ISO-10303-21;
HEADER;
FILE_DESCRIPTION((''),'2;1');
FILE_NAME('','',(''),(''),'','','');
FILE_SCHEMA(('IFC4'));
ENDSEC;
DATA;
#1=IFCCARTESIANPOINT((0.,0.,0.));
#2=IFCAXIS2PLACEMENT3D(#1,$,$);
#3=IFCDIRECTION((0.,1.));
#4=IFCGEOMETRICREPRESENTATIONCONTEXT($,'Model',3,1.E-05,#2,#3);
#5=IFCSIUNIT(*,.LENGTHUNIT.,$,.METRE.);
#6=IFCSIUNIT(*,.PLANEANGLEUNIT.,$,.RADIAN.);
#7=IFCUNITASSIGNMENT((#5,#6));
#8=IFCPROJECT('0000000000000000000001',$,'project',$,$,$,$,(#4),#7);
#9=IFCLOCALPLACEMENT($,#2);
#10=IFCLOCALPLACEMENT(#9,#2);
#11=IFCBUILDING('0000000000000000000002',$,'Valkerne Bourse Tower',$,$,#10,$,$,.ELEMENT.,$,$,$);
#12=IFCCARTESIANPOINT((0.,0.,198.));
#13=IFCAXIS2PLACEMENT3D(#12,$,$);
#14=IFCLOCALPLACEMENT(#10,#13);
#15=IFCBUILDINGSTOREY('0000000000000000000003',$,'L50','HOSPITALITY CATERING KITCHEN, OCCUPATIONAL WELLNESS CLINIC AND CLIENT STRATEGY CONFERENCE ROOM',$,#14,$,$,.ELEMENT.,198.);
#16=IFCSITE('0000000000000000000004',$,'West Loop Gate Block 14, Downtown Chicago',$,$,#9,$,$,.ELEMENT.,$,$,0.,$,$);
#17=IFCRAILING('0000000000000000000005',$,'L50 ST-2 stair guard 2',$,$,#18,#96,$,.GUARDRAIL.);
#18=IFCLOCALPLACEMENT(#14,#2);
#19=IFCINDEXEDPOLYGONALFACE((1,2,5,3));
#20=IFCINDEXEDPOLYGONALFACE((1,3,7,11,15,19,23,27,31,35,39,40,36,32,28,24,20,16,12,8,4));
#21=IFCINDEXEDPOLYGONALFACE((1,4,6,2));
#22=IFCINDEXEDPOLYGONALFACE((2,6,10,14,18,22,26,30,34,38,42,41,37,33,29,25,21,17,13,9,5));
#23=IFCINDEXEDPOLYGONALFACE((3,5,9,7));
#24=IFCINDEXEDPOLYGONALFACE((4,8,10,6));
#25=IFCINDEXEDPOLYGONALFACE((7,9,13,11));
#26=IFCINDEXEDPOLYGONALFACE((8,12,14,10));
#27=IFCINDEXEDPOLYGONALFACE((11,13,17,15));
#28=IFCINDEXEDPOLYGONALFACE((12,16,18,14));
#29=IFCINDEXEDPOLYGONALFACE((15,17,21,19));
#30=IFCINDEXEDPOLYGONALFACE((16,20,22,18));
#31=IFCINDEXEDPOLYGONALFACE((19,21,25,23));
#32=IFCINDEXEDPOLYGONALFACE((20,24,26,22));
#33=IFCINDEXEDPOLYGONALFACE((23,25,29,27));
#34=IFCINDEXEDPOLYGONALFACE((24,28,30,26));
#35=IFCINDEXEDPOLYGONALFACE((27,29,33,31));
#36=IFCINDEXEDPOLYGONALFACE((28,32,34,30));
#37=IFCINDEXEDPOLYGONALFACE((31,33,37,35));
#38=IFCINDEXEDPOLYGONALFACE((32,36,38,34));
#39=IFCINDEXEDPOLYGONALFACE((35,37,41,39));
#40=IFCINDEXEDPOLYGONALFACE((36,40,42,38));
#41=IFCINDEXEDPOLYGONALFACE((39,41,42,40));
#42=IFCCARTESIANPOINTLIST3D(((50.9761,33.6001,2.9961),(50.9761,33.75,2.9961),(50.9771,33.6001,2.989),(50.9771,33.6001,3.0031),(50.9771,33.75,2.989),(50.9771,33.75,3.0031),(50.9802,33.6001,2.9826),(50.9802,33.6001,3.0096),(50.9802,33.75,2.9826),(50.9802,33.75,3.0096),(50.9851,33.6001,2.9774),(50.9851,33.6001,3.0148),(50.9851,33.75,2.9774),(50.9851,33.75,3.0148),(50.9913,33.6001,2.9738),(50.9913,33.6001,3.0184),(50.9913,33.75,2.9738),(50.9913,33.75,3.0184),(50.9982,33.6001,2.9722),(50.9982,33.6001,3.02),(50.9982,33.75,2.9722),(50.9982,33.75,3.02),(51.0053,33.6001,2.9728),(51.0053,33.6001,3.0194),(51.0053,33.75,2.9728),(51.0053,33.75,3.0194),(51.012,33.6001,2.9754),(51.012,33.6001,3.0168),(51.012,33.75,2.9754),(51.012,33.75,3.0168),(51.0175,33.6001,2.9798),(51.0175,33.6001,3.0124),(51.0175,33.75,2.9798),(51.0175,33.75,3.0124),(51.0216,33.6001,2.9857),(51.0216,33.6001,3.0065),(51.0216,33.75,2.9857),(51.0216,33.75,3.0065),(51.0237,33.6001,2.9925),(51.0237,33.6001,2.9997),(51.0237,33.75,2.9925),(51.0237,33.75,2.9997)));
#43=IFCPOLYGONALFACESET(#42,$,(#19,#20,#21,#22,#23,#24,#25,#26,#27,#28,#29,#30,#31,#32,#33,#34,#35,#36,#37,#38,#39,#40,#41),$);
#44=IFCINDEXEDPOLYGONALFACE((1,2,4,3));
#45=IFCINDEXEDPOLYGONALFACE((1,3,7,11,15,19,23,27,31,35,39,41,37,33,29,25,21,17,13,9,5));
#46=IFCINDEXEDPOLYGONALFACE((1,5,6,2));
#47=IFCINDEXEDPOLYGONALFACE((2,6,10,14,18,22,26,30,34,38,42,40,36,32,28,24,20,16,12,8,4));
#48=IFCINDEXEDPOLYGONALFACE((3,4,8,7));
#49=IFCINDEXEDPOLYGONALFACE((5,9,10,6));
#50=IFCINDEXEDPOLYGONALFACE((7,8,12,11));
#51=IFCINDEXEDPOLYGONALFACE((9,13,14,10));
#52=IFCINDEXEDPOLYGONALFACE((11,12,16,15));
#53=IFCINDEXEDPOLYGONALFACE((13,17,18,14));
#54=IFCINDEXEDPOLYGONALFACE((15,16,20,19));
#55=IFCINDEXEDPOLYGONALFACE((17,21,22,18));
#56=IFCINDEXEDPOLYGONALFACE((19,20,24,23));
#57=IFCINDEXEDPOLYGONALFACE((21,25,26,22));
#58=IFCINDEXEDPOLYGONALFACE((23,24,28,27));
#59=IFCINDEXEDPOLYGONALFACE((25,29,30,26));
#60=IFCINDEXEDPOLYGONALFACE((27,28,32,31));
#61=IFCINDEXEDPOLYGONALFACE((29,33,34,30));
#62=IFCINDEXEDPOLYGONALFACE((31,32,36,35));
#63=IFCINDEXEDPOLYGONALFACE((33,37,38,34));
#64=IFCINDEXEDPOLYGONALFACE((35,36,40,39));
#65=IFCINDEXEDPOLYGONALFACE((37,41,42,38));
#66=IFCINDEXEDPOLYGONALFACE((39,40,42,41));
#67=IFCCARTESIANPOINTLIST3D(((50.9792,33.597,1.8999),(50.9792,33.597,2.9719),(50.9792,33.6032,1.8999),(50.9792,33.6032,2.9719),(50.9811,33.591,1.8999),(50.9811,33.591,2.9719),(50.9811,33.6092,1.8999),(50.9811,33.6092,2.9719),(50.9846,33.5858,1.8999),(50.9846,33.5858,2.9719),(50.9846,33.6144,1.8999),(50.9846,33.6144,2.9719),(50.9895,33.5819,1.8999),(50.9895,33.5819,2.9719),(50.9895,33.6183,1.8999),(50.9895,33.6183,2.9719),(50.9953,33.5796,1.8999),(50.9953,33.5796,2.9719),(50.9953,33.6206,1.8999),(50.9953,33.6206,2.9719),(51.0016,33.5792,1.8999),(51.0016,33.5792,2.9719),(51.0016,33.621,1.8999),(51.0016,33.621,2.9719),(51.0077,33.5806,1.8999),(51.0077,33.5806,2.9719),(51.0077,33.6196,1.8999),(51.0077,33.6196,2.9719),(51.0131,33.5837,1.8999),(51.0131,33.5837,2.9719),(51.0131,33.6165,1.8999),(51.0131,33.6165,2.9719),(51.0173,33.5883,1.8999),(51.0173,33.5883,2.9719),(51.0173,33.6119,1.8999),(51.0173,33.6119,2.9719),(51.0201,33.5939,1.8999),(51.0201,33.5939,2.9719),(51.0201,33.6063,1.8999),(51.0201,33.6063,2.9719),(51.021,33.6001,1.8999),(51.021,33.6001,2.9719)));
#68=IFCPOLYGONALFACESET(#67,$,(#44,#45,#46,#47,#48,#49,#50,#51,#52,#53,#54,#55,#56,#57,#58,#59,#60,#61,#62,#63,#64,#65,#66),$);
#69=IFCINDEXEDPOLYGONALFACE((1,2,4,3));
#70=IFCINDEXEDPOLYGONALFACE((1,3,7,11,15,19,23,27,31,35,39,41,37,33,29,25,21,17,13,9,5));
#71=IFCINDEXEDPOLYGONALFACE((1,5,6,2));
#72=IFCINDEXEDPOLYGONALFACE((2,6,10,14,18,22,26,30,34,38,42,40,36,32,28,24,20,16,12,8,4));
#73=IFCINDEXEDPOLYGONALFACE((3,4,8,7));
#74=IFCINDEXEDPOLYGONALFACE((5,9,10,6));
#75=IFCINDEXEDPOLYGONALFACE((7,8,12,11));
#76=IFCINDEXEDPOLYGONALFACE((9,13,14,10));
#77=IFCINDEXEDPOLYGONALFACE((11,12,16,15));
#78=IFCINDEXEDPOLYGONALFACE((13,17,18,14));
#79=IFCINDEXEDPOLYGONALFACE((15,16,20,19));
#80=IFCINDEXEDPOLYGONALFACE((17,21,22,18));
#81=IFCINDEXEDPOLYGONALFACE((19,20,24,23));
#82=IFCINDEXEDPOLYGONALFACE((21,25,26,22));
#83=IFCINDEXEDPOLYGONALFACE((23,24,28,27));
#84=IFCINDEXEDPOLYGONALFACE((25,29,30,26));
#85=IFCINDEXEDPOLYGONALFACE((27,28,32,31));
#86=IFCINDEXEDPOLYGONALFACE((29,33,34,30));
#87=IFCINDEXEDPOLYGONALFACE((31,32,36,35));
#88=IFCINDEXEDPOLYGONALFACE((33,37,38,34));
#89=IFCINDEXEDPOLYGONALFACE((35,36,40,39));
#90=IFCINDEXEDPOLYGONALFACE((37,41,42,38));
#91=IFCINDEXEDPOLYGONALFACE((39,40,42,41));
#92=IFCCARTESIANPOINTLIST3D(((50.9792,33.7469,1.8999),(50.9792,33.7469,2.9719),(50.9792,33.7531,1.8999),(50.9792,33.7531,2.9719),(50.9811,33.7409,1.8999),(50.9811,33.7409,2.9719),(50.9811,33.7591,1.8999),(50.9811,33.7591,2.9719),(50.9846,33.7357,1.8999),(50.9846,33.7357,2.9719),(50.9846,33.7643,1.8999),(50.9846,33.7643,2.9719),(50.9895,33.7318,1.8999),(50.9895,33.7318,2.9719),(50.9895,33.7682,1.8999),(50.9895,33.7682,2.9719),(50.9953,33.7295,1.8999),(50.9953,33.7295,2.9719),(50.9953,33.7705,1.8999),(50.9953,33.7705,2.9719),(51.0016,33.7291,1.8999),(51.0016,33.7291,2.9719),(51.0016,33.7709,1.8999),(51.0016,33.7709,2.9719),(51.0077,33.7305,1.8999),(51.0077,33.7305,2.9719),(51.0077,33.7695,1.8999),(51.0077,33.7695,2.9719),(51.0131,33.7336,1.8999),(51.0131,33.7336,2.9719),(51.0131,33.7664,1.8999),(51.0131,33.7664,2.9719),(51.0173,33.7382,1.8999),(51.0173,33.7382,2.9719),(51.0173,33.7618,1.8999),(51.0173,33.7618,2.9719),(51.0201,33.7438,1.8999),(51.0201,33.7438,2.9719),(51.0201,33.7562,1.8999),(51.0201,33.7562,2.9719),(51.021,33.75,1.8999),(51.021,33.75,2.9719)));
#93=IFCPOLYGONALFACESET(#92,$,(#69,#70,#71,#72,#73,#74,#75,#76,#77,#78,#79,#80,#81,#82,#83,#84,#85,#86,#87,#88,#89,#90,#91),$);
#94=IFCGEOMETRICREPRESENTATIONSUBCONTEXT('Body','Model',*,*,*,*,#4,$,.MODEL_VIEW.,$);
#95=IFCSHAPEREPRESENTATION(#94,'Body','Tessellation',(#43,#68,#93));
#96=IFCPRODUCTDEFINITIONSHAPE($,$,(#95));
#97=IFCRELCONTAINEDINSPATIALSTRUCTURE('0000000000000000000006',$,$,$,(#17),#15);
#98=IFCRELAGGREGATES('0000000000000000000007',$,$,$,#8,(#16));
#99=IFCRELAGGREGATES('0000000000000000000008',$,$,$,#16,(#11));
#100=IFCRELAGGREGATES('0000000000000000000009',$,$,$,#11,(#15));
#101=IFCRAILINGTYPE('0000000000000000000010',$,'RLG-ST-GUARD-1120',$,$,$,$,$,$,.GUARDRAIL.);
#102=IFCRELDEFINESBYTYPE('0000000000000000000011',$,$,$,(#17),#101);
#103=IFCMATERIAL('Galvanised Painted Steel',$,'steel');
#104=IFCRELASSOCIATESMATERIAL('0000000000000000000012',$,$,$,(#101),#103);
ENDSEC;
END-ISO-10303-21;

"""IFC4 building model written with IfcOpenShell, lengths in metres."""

from ifc_helpers import new_model, si_unit, direction, frame, origin, origin_2d, place, context, subcontext, project, spatial, circle, extrude, material, type_object, element, save


model = new_model("IFC4")

# Units and contexts
model_context = context("Model", 3, precision=1e-05, world=origin(), true_north=direction((0.0, 1.0)))
body_context = subcontext(model_context, "Body", "Model", "MODEL_VIEW")
ifc_project = project(units=[si_unit("LENGTHUNIT", "METRE"), si_unit("PLANEANGLEUNIT", "RADIAN")], contexts=[model_context])

# Site, building, storey
site_placement = place(None, origin())
site = spatial("IfcSite", under=ifc_project, at=site_placement, Name="West Loop Gate Block 14, Downtown Chicago", CompositionType="ELEMENT", RefElevation=0.0)
building_placement = place(site_placement, origin())
building = spatial("IfcBuilding", under=site, at=building_placement, Name="Valkerne Bourse Tower", CompositionType="ELEMENT")
storey_placement = place(building_placement, frame((0.0, 0.0, 198.0)))
storey = spatial("IfcBuildingStorey", under=building, at=storey_placement, Name="L50", Description="HOSPITALITY CATERING KITCHEN, OCCUPATIONAL WELLNESS CLINIC AND CLIENT STRATEGY CONFERENCE ROOM", CompositionType="ELEMENT", Elevation=198.0)

# Railing
ifc_material_1 = material(Name="Galvanised Painted Steel", Category="steel")
railing_type_1 = type_object("IfcRailingType", Name="RLG-ST-GUARD-1120", PredefinedType="GUARDRAIL", material=ifc_material_1)
railing_1_placement = place(storey_placement, frame((51.0, 33.6001, 1.8999)))
element("IfcRailing", 1, at=railing_1_placement, inside=storey, type_object=railing_type_1, Name="L50 ST-2 stair guard 2", PredefinedType="GUARDRAIL", context=body_context, shape_type="SweptSolid", body=[
    extrude(circle(Radius=0.0239, at=origin_2d()), frame((0.0, 0.0, 1.0962), z_axis=(0.0, 1.0, 0.0), x_axis=(-1.0, 0.0, 0.0)), (0.0, 0.0, 1.0), 0.1499),
    extrude(circle(Radius=0.021, at=origin_2d()), origin(), (0.0, 0.0, 1.0), 1.072),
    extrude(circle(Radius=0.021, at=origin_2d()), frame((0.0, 0.1499, 0.0)), (0.0, 0.0, 1.0), 1.072),
])

save(model, "model.ifc")
